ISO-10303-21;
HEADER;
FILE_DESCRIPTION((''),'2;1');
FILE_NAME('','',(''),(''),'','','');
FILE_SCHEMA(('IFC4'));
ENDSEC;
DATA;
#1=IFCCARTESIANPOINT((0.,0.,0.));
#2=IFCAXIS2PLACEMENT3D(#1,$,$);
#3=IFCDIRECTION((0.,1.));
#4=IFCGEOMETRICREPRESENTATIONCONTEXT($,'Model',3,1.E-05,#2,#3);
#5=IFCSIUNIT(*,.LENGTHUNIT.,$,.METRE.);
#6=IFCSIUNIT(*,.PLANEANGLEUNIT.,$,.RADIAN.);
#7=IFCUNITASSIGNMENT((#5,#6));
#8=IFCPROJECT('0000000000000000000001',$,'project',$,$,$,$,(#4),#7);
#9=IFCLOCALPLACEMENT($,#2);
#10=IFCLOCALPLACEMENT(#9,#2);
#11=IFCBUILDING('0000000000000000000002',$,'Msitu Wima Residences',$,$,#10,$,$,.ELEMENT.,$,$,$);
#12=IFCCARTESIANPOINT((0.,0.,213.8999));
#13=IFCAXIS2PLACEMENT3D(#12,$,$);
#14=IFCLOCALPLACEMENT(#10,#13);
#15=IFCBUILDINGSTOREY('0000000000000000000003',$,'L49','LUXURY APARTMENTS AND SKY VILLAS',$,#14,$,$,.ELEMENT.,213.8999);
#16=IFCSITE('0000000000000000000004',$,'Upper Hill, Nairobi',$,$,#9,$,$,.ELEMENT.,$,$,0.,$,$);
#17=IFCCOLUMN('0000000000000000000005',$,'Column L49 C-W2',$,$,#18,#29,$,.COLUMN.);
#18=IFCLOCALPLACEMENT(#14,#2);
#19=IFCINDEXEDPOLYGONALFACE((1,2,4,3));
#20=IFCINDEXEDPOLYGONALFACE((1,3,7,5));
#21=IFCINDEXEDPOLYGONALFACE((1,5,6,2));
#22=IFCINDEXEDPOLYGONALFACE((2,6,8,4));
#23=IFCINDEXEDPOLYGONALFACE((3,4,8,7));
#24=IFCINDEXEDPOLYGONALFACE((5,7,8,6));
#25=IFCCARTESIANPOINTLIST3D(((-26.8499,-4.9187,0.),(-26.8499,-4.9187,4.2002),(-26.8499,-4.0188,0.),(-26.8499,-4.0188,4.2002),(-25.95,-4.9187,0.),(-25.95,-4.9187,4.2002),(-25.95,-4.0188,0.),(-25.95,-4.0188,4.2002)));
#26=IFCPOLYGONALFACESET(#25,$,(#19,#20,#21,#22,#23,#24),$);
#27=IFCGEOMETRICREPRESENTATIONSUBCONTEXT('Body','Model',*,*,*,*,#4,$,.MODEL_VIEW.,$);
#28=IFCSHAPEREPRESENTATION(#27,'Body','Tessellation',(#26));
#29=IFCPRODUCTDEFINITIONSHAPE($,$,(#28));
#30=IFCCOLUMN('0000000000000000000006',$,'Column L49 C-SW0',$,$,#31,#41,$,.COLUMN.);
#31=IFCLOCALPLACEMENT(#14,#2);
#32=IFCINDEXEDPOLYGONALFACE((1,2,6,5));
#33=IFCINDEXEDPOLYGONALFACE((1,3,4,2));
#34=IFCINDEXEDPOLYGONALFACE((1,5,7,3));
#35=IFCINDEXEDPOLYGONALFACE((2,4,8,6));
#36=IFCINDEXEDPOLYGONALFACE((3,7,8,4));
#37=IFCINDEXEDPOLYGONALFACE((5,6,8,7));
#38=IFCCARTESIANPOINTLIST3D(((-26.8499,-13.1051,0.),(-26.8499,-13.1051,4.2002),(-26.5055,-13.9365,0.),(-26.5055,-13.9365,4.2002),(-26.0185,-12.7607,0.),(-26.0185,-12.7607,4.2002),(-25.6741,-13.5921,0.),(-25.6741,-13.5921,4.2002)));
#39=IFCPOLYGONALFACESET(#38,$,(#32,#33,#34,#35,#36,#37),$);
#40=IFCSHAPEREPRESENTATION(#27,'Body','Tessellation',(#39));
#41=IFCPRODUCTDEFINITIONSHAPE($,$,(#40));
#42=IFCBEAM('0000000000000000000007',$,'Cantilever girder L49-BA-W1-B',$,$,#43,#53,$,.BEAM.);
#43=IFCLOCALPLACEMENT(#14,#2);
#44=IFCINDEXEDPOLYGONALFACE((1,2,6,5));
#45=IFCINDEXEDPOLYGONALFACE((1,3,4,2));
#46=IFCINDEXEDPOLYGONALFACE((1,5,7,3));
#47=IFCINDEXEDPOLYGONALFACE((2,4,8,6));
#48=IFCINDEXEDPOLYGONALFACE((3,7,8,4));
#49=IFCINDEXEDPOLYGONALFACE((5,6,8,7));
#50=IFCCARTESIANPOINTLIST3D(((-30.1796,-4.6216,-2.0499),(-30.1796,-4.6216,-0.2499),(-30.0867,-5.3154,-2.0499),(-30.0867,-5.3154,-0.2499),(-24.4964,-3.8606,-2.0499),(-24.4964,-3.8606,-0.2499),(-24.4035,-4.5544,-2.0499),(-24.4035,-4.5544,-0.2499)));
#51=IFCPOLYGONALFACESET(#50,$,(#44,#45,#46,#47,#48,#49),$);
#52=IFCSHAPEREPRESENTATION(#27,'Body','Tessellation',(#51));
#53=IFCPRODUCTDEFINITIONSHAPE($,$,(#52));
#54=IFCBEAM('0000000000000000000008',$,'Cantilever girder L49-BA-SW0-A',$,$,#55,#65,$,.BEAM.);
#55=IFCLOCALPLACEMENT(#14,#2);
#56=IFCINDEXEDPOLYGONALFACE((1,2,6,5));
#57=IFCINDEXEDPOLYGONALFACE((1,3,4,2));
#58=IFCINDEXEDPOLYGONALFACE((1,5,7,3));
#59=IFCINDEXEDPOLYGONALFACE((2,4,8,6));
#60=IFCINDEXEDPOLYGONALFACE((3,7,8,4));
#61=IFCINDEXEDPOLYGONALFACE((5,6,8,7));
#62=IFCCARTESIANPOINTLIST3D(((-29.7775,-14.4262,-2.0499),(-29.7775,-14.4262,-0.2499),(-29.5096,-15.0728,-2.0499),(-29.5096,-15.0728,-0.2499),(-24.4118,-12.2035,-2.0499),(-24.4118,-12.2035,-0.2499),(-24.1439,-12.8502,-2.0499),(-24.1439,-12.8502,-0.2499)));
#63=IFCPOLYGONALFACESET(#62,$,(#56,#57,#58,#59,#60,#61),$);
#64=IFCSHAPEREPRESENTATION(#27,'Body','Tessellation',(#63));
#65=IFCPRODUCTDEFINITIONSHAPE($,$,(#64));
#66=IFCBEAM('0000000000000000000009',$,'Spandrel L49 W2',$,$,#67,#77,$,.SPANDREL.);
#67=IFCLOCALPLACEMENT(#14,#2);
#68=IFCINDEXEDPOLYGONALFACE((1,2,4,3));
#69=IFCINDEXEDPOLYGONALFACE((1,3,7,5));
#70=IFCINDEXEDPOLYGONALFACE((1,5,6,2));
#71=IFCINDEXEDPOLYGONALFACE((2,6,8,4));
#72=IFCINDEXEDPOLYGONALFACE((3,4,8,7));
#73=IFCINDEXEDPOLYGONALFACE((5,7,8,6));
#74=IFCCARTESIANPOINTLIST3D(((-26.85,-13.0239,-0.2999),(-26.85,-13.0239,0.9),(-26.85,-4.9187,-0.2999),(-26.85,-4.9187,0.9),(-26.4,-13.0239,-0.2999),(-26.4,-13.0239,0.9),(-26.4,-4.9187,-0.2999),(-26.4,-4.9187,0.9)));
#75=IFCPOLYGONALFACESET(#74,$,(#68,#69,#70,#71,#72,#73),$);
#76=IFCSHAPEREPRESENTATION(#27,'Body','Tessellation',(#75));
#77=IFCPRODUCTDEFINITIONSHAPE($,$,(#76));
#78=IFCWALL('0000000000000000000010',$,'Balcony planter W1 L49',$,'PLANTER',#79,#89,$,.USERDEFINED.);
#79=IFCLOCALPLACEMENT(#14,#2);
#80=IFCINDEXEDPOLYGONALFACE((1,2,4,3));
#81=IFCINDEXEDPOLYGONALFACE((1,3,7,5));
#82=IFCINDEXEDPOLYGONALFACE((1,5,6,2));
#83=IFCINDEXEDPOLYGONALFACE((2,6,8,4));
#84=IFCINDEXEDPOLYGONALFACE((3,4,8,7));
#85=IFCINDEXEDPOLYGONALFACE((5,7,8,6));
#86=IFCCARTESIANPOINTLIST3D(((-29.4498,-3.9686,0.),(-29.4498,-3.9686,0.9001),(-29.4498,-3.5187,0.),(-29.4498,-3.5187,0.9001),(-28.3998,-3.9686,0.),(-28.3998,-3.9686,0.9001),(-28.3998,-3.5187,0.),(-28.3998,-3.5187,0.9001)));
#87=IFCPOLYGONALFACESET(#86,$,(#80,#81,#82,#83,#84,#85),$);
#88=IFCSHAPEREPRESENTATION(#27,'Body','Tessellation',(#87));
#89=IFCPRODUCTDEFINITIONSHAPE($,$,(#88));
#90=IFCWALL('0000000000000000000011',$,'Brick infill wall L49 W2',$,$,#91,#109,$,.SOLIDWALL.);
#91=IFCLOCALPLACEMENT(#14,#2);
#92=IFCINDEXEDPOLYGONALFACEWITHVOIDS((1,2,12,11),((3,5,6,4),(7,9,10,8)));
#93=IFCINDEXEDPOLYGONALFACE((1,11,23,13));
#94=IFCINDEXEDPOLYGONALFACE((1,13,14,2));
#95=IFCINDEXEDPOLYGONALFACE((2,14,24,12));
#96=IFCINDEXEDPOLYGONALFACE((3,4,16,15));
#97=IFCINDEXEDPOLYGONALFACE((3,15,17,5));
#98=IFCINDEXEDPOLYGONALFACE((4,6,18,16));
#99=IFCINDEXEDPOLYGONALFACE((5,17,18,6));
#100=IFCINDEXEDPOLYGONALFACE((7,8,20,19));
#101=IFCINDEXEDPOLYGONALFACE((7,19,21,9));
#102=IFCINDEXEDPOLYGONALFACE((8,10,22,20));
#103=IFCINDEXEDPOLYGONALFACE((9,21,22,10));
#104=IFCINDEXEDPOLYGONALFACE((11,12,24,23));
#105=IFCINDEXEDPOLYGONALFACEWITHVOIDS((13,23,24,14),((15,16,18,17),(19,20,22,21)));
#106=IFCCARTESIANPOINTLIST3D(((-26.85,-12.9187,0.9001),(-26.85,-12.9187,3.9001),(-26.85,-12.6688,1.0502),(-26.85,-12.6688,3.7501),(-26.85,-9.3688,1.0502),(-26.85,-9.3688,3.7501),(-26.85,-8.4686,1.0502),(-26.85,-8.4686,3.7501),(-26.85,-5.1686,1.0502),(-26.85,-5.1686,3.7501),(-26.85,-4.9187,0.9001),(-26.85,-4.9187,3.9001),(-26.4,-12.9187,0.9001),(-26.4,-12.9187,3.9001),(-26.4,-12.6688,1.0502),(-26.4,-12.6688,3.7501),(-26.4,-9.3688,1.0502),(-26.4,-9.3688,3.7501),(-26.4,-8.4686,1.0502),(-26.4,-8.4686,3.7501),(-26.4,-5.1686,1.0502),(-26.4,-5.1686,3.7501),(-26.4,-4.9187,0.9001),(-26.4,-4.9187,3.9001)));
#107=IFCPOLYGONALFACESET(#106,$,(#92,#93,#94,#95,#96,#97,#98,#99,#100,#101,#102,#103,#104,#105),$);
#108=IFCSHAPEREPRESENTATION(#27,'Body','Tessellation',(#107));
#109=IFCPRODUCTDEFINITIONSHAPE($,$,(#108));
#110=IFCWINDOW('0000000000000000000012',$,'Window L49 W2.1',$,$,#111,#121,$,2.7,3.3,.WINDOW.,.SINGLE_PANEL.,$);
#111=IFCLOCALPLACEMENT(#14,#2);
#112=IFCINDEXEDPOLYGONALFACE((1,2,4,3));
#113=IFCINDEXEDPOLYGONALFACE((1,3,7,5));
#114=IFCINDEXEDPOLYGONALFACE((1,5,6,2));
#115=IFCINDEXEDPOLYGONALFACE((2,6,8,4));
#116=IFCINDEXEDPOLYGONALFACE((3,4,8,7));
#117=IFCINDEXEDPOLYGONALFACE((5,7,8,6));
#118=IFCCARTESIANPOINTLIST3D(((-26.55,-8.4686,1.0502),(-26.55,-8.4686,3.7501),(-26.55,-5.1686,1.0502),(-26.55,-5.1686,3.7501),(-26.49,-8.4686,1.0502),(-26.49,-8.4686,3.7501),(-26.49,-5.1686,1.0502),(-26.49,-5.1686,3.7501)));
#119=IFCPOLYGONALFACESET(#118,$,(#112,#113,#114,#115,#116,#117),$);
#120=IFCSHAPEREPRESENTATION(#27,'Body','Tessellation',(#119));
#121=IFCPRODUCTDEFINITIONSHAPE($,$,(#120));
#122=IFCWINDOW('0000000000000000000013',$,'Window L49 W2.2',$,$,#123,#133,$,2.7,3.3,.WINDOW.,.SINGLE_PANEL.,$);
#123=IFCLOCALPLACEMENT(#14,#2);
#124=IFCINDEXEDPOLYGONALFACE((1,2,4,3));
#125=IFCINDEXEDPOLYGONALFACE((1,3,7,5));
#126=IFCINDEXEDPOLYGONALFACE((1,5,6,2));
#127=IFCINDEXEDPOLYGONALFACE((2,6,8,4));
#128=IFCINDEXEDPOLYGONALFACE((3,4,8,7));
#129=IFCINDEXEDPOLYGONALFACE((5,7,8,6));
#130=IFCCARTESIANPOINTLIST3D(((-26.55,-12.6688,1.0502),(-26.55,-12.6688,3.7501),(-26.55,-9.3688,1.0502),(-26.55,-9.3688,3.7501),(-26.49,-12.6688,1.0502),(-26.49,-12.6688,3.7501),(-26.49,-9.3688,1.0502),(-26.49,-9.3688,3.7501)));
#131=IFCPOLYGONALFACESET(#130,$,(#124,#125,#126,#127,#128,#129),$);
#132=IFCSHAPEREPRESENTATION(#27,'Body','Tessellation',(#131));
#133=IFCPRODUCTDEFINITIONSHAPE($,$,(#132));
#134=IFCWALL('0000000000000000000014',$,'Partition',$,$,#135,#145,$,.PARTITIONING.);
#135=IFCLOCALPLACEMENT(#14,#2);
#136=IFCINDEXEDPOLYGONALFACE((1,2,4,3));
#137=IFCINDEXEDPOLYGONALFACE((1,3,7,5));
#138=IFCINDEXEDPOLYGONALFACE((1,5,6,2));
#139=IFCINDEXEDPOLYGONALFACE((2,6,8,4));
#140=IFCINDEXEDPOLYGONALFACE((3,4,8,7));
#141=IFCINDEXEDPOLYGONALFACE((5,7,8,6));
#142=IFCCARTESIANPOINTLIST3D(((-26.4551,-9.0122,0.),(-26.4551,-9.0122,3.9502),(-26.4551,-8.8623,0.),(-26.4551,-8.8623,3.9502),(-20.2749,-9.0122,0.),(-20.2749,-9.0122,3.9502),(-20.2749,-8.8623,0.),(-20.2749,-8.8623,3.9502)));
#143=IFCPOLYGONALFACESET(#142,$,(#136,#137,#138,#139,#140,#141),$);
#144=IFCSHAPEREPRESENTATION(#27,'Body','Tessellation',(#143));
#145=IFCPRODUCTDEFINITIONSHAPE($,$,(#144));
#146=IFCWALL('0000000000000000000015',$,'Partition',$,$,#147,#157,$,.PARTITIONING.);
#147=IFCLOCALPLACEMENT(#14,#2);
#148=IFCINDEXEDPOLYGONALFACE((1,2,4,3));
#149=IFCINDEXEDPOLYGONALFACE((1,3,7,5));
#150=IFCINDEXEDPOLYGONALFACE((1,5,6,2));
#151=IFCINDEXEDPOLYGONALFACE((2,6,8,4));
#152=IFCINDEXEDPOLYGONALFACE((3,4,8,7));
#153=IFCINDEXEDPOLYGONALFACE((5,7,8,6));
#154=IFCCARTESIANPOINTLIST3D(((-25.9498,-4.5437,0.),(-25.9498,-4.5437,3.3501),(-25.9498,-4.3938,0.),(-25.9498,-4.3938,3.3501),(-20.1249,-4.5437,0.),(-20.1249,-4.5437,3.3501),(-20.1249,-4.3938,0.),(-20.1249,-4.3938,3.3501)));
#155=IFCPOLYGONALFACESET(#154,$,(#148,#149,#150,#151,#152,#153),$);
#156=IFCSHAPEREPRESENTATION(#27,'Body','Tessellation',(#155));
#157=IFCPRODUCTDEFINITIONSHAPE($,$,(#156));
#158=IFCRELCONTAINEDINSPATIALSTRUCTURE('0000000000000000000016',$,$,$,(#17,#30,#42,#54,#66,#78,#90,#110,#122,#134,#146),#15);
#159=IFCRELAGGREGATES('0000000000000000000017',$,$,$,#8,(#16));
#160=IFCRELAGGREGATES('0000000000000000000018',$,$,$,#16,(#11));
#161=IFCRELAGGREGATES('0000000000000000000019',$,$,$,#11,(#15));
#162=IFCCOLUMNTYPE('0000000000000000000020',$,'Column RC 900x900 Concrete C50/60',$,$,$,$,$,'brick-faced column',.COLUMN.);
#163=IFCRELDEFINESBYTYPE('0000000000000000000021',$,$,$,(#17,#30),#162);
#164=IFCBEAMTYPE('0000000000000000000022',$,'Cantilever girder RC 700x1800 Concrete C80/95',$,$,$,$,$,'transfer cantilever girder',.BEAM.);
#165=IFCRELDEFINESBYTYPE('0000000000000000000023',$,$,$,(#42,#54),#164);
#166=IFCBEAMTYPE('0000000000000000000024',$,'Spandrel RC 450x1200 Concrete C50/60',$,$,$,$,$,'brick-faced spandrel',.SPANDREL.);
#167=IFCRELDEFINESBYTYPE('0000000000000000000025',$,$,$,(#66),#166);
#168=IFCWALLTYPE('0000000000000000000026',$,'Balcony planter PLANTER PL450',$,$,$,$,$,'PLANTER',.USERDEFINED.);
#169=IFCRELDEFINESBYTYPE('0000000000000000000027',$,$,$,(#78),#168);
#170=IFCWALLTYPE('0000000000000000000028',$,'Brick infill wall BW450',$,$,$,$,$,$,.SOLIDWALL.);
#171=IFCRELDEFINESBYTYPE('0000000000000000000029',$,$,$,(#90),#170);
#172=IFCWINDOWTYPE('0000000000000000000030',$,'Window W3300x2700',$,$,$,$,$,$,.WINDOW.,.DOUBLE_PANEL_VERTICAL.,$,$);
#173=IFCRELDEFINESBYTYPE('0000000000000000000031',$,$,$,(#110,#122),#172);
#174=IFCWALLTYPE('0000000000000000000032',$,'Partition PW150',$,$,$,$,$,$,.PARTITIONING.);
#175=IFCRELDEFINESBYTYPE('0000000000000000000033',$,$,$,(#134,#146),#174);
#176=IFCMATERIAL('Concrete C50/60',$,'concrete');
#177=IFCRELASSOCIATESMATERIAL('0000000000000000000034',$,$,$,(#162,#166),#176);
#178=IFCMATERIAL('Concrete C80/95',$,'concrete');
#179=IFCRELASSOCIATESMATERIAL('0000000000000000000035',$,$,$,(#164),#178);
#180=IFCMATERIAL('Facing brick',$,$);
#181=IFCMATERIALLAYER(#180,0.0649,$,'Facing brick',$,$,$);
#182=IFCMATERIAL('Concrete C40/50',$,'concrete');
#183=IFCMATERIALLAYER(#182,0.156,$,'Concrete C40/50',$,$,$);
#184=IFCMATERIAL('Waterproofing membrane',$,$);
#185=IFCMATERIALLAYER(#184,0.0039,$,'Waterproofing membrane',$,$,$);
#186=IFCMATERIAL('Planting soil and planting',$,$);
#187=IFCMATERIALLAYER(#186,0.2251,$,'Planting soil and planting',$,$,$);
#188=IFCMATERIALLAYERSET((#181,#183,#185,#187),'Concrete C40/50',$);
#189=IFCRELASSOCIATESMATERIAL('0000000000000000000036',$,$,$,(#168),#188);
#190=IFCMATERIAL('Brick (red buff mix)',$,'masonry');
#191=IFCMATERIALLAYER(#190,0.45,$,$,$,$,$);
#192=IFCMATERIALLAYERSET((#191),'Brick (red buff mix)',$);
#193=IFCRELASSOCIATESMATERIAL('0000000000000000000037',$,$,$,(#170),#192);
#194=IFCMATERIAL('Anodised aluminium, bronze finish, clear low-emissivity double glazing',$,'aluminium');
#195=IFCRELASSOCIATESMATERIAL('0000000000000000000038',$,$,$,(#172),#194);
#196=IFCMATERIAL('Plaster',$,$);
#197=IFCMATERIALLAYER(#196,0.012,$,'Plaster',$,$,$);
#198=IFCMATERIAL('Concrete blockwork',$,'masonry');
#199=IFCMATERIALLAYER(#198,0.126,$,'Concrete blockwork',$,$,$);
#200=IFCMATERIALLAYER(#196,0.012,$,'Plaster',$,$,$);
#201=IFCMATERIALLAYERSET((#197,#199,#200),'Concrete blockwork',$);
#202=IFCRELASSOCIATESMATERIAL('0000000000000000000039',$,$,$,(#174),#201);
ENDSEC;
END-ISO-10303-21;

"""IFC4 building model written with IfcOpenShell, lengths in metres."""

from ifc_helpers import new_model, si_unit, direction, frame, frame_2d, origin, origin_2d, place, context, subcontext, project, spatial, rectangle, extrude, material, layer, layer_set, material_profile, profile_set, type_object, element, fill, save


model = new_model("IFC4")

# Units and contexts
model_context = context("Model", 3, precision=1e-05, world=origin(), true_north=direction((0.0, 1.0)))
body_context = subcontext(model_context, "Body", "Model", "MODEL_VIEW")
ifc_project = project(units=[si_unit("LENGTHUNIT", "METRE"), si_unit("PLANEANGLEUNIT", "RADIAN")], contexts=[model_context])

# Site, building, storey
site_placement = place(None, origin())
site = spatial("IfcSite", under=ifc_project, at=site_placement, Name="Upper Hill, Nairobi", CompositionType="ELEMENT", RefElevation=0.0)
building_placement = place(site_placement, origin())
building = spatial("IfcBuilding", under=site, at=building_placement, Name="Msitu Wima Residences", CompositionType="ELEMENT")
storey_placement = place(building_placement, frame((0.0, 0.0, 213.8999)))
storey = spatial("IfcBuildingStorey", under=building, at=storey_placement, Name="L49", Description="LUXURY APARTMENTS AND SKY VILLAS", CompositionType="ELEMENT", Elevation=213.8999)

# Columns
ifc_material_1 = material(Name="Concrete C50/60", Category="concrete")
ifc_material_profile_1 = material_profile(ifc_material_1, rectangle(XDim=0.8999, YDim=0.8999, at=origin_2d()), Name="RC 900x900")
ifc_profile_set_1 = profile_set([ifc_material_profile_1], Name="Concrete C50/60")
column_type = type_object("IfcColumnType", Name="Column RC 900x900 Concrete C50/60", ElementType="brick-faced column", PredefinedType="COLUMN", material=ifc_profile_set_1)
for number, where, z_axis, x_axis, name in (
    (1, (-26.3999, -4.4688, 0.0), (0.0, 0.0, 1.0), (0.0, -1.0, 0.0), "Column L49 C-W2"),
    (2, (-26.262, -13.3486, 0.0), (0.0, 0.0, 1.0), (0.382683, -0.92388, 0.0), "Column L49 C-SW0"),
):
    element("IfcColumn", number, at=place(storey_placement, frame(where, z_axis=z_axis, x_axis=x_axis)), inside=storey, type_object=column_type, Name=name, PredefinedType="COLUMN", context=body_context, shape_type="SweptSolid", body=[
        extrude(rectangle(XDim=0.8999, YDim=0.8999, at=origin_2d()), origin(), (0.0, 0.0, 1.0), 4.2002),
    ])

# Beams
ifc_material_2 = material(Name="Concrete C80/95", Category="concrete")
ifc_material_profile_2 = material_profile(ifc_material_2, rectangle(XDim=0.7, YDim=1.8, at=origin_2d()), Name="RC 700x1800")
ifc_profile_set_2 = profile_set([ifc_material_profile_2], Name="Concrete C80/95")
beam_type_1 = type_object("IfcBeamType", Name="Cantilever girder RC 700x1800 Concrete C80/95", ElementType="transfer cantilever girder", PredefinedType="BEAM", material=ifc_profile_set_2)
beam_1_placement = place(storey_placement, frame((-24.45, -4.2075, -1.1499), z_axis=(-0.991154, -0.132719, 0.0), x_axis=(0.132719, -0.991154, 0.0)))
element("IfcBeam", 3, at=beam_1_placement, inside=storey, type_object=beam_type_1, Name="Cantilever girder L49-BA-W1-B", PredefinedType="BEAM", context=body_context, shape_type="SweptSolid", body=[
    extrude(rectangle(XDim=0.7, YDim=1.8, at=origin_2d()), origin(), (0.0, 0.0, 1.0), 5.7339),
])
beam_2_placement = place(storey_placement, frame((-24.2778, -12.5269, -1.1499), z_axis=(-0.923873, -0.382698, 0.0), x_axis=(0.382698, -0.923873, 0.0)))
element("IfcBeam", 4, at=beam_2_placement, inside=storey, type_object=beam_type_1, Name="Cantilever girder L49-BA-SW0-A", PredefinedType="BEAM", context=body_context, shape_type="SweptSolid", body=[
    extrude(rectangle(XDim=0.7, YDim=1.8, at=origin_2d()), origin(), (0.0, 0.0, 1.0), 5.8079),
])
ifc_material_profile_3 = material_profile(ifc_material_1, rectangle(XDim=0.45, YDim=1.2, at=origin_2d()), Name="RC 450x1200")
ifc_profile_set_3 = profile_set([ifc_material_profile_3], Name="Concrete C50/60")
beam_type_2 = type_object("IfcBeamType", Name="Spandrel RC 450x1200 Concrete C50/60", ElementType="brick-faced spandrel", PredefinedType="SPANDREL", material=ifc_profile_set_3)
beam_3_placement = place(storey_placement, frame((-26.625, -4.9187, 0.3), z_axis=(0.0, -1.0, 0.0), x_axis=(1.0, 0.0, 0.0)))
element("IfcBeam", 5, at=beam_3_placement, inside=storey, type_object=beam_type_2, Name="Spandrel L49 W2", PredefinedType="SPANDREL", context=body_context, shape_type="SweptSolid", body=[
    extrude(rectangle(XDim=0.45, YDim=1.2, at=origin_2d()), origin(), (0.0, 0.0, 1.0), 8.1052),
])

# Wall
ifc_material_3 = material(Name="Facing brick")
ifc_layer_1 = layer(ifc_material_3, 0.0649, Name="Facing brick")
ifc_material_4 = material(Name="Concrete C40/50", Category="concrete")
ifc_layer_2 = layer(ifc_material_4, 0.156, Name="Concrete C40/50")
ifc_material_5 = material(Name="Waterproofing membrane")
ifc_layer_3 = layer(ifc_material_5, 0.0039, Name="Waterproofing membrane")
ifc_material_6 = material(Name="Planting soil and planting")
ifc_layer_4 = layer(ifc_material_6, 0.2251, Name="Planting soil and planting")
ifc_layer_set_1 = layer_set([ifc_layer_1, ifc_layer_2, ifc_layer_3, ifc_layer_4], Name="Concrete C40/50")
wall_type_1 = type_object("IfcWallType", Name="Balcony planter PLANTER PL450", ElementType="PLANTER", PredefinedType="USERDEFINED", material=ifc_layer_set_1)
wall_1_placement = place(storey_placement, frame((-28.3999, -3.7437, 0.0), z_axis=(0.0, 0.0, 1.0), x_axis=(-1.0, 0.0, 0.0)))
element("IfcWall", 6, at=wall_1_placement, inside=storey, type_object=wall_type_1, Name="Balcony planter W1 L49", ObjectType="PLANTER", PredefinedType="USERDEFINED", context=body_context, shape_type="SweptSolid", body=[
    extrude(rectangle(XDim=1.05, YDim=0.45, at=frame_2d((0.5249, 0.0))), origin(), (0.0, 0.0, 1.0), 0.9001),
])

# Wall, openings, windows
ifc_material_7 = material(Name="Brick (red buff mix)", Category="masonry")
ifc_layer_5 = layer(ifc_material_7, 0.45)
ifc_layer_set_2 = layer_set([ifc_layer_5], Name="Brick (red buff mix)")
wall_type_2 = type_object("IfcWallType", Name="Brick infill wall BW450", PredefinedType="SOLIDWALL", material=ifc_layer_set_2)
wall_2_placement = place(storey_placement, frame((-26.625, -4.9187, 0.9001), z_axis=(0.0, 0.0, 1.0), x_axis=(0.0, -1.0, 0.0)))
wall_2 = element("IfcWall", 7, at=wall_2_placement, inside=storey, type_object=wall_type_2, Name="Brick infill wall L49 W2", PredefinedType="SOLIDWALL", context=body_context, shape_type="SweptSolid", body=[
    extrude(rectangle(XDim=8.0, YDim=0.45, at=frame_2d((4.0, 0.0))), origin(), (0.0, 0.0, 1.0), 3.0),
])
opening_1_placement = place(wall_2_placement, frame((0.25, 0.0, 0.1499)))
opening_1 = element("IfcOpeningElement", 8, at=opening_1_placement, cuts=wall_2, PredefinedType="OPENING", context=body_context, shape_type="SweptSolid", body=[
    extrude(rectangle(XDim=3.3, YDim=2.7, at=frame_2d((1.6499, 1.3501))), frame((0.0, 0.2349, 0.0), z_axis=(0.0, -1.0, 0.0), x_axis=(1.0, 0.0, 0.0)), (0.0, 0.0, 1.0), 0.47),
])
opening_2_placement = place(wall_2_placement, frame((4.4502, 0.0, 0.1499)))
opening_2 = element("IfcOpeningElement", 9, at=opening_2_placement, cuts=wall_2, PredefinedType="OPENING", context=body_context, shape_type="SweptSolid", body=[
    extrude(rectangle(XDim=3.3, YDim=2.7, at=frame_2d((1.6499, 1.3501))), frame((0.0, 0.2349, 0.0), z_axis=(0.0, -1.0, 0.0), x_axis=(1.0, 0.0, 0.0)), (0.0, 0.0, 1.0), 0.47),
])
ifc_material_8 = material(Name="Anodised aluminium, bronze finish, clear low-emissivity double glazing", Category="aluminium")
window_type = type_object("IfcWindowType", Name="Window W3300x2700", PartitioningType="DOUBLE_PANEL_VERTICAL", PredefinedType="WINDOW", material=ifc_material_8)
window_1_placement = place(opening_1_placement, origin())
window_1 = element("IfcWindow", 10, at=window_1_placement, inside=storey, type_object=window_type, Name="Window L49 W2.1", OverallHeight=2.7, OverallWidth=3.3, PartitioningType="SINGLE_PANEL", PredefinedType="WINDOW", context=body_context, shape_type="SweptSolid", body=[
    extrude(rectangle(XDim=3.3, YDim=2.7, at=frame_2d((1.6499, 1.3501))), frame((0.0, 0.135, 0.0), z_axis=(0.0, -1.0, 0.0), x_axis=(1.0, 0.0, 0.0)), (0.0, 0.0, 1.0), 0.0601),
])
fill(opening_1, window_1)
window_2_placement = place(opening_2_placement, origin())
window_2 = element("IfcWindow", 11, at=window_2_placement, inside=storey, type_object=window_type, Name="Window L49 W2.2", OverallHeight=2.7, OverallWidth=3.3, PartitioningType="SINGLE_PANEL", PredefinedType="WINDOW", context=body_context, shape_type="SweptSolid", body=[
    extrude(rectangle(XDim=3.3, YDim=2.7, at=frame_2d((1.6499, 1.3501))), frame((0.0, 0.135, 0.0), z_axis=(0.0, -1.0, 0.0), x_axis=(1.0, 0.0, 0.0)), (0.0, 0.0, 1.0), 0.0601),
])
fill(opening_2, window_2)

# Walls
ifc_material_9 = material(Name="Plaster")
ifc_layer_6 = layer(ifc_material_9, 0.012, Name="Plaster")
ifc_material_10 = material(Name="Concrete blockwork", Category="masonry")
ifc_layer_7 = layer(ifc_material_10, 0.126, Name="Concrete blockwork")
ifc_layer_8 = layer(ifc_material_9, 0.012, Name="Plaster")
ifc_layer_set_3 = layer_set([ifc_layer_6, ifc_layer_7, ifc_layer_8], Name="Concrete blockwork")
wall_type_3 = type_object("IfcWallType", Name="Partition PW150", PredefinedType="PARTITIONING", material=ifc_layer_set_3)
wall_3_placement = place(storey_placement, frame((-26.4551, -8.9373, 0.0), z_axis=(0.0, 0.0, 1.0), x_axis=(1.0, 0.0, 0.0)))
element("IfcWall", 12, at=wall_3_placement, inside=storey, type_object=wall_type_3, Name="Partition", PredefinedType="PARTITIONING", context=body_context, shape_type="SweptSolid", body=[
    extrude(rectangle(XDim=6.1802, YDim=0.1499, at=frame_2d((3.0901, 0.0))), origin(), (0.0, 0.0, 1.0), 3.9502),
])
wall_4_placement = place(storey_placement, frame((-25.95, -4.4688, 0.0), z_axis=(0.0, 0.0, 1.0), x_axis=(1.0, 0.0, 0.0)))
element("IfcWall", 13, at=wall_4_placement, inside=storey, type_object=wall_type_3, Name="Partition", PredefinedType="PARTITIONING", context=body_context, shape_type="SweptSolid", body=[
    extrude(rectangle(XDim=5.825, YDim=0.1499, at=frame_2d((2.9126, 0.0))), origin(), (0.0, 0.0, 1.0), 3.3501),
])

save(model, "model.ifc")
